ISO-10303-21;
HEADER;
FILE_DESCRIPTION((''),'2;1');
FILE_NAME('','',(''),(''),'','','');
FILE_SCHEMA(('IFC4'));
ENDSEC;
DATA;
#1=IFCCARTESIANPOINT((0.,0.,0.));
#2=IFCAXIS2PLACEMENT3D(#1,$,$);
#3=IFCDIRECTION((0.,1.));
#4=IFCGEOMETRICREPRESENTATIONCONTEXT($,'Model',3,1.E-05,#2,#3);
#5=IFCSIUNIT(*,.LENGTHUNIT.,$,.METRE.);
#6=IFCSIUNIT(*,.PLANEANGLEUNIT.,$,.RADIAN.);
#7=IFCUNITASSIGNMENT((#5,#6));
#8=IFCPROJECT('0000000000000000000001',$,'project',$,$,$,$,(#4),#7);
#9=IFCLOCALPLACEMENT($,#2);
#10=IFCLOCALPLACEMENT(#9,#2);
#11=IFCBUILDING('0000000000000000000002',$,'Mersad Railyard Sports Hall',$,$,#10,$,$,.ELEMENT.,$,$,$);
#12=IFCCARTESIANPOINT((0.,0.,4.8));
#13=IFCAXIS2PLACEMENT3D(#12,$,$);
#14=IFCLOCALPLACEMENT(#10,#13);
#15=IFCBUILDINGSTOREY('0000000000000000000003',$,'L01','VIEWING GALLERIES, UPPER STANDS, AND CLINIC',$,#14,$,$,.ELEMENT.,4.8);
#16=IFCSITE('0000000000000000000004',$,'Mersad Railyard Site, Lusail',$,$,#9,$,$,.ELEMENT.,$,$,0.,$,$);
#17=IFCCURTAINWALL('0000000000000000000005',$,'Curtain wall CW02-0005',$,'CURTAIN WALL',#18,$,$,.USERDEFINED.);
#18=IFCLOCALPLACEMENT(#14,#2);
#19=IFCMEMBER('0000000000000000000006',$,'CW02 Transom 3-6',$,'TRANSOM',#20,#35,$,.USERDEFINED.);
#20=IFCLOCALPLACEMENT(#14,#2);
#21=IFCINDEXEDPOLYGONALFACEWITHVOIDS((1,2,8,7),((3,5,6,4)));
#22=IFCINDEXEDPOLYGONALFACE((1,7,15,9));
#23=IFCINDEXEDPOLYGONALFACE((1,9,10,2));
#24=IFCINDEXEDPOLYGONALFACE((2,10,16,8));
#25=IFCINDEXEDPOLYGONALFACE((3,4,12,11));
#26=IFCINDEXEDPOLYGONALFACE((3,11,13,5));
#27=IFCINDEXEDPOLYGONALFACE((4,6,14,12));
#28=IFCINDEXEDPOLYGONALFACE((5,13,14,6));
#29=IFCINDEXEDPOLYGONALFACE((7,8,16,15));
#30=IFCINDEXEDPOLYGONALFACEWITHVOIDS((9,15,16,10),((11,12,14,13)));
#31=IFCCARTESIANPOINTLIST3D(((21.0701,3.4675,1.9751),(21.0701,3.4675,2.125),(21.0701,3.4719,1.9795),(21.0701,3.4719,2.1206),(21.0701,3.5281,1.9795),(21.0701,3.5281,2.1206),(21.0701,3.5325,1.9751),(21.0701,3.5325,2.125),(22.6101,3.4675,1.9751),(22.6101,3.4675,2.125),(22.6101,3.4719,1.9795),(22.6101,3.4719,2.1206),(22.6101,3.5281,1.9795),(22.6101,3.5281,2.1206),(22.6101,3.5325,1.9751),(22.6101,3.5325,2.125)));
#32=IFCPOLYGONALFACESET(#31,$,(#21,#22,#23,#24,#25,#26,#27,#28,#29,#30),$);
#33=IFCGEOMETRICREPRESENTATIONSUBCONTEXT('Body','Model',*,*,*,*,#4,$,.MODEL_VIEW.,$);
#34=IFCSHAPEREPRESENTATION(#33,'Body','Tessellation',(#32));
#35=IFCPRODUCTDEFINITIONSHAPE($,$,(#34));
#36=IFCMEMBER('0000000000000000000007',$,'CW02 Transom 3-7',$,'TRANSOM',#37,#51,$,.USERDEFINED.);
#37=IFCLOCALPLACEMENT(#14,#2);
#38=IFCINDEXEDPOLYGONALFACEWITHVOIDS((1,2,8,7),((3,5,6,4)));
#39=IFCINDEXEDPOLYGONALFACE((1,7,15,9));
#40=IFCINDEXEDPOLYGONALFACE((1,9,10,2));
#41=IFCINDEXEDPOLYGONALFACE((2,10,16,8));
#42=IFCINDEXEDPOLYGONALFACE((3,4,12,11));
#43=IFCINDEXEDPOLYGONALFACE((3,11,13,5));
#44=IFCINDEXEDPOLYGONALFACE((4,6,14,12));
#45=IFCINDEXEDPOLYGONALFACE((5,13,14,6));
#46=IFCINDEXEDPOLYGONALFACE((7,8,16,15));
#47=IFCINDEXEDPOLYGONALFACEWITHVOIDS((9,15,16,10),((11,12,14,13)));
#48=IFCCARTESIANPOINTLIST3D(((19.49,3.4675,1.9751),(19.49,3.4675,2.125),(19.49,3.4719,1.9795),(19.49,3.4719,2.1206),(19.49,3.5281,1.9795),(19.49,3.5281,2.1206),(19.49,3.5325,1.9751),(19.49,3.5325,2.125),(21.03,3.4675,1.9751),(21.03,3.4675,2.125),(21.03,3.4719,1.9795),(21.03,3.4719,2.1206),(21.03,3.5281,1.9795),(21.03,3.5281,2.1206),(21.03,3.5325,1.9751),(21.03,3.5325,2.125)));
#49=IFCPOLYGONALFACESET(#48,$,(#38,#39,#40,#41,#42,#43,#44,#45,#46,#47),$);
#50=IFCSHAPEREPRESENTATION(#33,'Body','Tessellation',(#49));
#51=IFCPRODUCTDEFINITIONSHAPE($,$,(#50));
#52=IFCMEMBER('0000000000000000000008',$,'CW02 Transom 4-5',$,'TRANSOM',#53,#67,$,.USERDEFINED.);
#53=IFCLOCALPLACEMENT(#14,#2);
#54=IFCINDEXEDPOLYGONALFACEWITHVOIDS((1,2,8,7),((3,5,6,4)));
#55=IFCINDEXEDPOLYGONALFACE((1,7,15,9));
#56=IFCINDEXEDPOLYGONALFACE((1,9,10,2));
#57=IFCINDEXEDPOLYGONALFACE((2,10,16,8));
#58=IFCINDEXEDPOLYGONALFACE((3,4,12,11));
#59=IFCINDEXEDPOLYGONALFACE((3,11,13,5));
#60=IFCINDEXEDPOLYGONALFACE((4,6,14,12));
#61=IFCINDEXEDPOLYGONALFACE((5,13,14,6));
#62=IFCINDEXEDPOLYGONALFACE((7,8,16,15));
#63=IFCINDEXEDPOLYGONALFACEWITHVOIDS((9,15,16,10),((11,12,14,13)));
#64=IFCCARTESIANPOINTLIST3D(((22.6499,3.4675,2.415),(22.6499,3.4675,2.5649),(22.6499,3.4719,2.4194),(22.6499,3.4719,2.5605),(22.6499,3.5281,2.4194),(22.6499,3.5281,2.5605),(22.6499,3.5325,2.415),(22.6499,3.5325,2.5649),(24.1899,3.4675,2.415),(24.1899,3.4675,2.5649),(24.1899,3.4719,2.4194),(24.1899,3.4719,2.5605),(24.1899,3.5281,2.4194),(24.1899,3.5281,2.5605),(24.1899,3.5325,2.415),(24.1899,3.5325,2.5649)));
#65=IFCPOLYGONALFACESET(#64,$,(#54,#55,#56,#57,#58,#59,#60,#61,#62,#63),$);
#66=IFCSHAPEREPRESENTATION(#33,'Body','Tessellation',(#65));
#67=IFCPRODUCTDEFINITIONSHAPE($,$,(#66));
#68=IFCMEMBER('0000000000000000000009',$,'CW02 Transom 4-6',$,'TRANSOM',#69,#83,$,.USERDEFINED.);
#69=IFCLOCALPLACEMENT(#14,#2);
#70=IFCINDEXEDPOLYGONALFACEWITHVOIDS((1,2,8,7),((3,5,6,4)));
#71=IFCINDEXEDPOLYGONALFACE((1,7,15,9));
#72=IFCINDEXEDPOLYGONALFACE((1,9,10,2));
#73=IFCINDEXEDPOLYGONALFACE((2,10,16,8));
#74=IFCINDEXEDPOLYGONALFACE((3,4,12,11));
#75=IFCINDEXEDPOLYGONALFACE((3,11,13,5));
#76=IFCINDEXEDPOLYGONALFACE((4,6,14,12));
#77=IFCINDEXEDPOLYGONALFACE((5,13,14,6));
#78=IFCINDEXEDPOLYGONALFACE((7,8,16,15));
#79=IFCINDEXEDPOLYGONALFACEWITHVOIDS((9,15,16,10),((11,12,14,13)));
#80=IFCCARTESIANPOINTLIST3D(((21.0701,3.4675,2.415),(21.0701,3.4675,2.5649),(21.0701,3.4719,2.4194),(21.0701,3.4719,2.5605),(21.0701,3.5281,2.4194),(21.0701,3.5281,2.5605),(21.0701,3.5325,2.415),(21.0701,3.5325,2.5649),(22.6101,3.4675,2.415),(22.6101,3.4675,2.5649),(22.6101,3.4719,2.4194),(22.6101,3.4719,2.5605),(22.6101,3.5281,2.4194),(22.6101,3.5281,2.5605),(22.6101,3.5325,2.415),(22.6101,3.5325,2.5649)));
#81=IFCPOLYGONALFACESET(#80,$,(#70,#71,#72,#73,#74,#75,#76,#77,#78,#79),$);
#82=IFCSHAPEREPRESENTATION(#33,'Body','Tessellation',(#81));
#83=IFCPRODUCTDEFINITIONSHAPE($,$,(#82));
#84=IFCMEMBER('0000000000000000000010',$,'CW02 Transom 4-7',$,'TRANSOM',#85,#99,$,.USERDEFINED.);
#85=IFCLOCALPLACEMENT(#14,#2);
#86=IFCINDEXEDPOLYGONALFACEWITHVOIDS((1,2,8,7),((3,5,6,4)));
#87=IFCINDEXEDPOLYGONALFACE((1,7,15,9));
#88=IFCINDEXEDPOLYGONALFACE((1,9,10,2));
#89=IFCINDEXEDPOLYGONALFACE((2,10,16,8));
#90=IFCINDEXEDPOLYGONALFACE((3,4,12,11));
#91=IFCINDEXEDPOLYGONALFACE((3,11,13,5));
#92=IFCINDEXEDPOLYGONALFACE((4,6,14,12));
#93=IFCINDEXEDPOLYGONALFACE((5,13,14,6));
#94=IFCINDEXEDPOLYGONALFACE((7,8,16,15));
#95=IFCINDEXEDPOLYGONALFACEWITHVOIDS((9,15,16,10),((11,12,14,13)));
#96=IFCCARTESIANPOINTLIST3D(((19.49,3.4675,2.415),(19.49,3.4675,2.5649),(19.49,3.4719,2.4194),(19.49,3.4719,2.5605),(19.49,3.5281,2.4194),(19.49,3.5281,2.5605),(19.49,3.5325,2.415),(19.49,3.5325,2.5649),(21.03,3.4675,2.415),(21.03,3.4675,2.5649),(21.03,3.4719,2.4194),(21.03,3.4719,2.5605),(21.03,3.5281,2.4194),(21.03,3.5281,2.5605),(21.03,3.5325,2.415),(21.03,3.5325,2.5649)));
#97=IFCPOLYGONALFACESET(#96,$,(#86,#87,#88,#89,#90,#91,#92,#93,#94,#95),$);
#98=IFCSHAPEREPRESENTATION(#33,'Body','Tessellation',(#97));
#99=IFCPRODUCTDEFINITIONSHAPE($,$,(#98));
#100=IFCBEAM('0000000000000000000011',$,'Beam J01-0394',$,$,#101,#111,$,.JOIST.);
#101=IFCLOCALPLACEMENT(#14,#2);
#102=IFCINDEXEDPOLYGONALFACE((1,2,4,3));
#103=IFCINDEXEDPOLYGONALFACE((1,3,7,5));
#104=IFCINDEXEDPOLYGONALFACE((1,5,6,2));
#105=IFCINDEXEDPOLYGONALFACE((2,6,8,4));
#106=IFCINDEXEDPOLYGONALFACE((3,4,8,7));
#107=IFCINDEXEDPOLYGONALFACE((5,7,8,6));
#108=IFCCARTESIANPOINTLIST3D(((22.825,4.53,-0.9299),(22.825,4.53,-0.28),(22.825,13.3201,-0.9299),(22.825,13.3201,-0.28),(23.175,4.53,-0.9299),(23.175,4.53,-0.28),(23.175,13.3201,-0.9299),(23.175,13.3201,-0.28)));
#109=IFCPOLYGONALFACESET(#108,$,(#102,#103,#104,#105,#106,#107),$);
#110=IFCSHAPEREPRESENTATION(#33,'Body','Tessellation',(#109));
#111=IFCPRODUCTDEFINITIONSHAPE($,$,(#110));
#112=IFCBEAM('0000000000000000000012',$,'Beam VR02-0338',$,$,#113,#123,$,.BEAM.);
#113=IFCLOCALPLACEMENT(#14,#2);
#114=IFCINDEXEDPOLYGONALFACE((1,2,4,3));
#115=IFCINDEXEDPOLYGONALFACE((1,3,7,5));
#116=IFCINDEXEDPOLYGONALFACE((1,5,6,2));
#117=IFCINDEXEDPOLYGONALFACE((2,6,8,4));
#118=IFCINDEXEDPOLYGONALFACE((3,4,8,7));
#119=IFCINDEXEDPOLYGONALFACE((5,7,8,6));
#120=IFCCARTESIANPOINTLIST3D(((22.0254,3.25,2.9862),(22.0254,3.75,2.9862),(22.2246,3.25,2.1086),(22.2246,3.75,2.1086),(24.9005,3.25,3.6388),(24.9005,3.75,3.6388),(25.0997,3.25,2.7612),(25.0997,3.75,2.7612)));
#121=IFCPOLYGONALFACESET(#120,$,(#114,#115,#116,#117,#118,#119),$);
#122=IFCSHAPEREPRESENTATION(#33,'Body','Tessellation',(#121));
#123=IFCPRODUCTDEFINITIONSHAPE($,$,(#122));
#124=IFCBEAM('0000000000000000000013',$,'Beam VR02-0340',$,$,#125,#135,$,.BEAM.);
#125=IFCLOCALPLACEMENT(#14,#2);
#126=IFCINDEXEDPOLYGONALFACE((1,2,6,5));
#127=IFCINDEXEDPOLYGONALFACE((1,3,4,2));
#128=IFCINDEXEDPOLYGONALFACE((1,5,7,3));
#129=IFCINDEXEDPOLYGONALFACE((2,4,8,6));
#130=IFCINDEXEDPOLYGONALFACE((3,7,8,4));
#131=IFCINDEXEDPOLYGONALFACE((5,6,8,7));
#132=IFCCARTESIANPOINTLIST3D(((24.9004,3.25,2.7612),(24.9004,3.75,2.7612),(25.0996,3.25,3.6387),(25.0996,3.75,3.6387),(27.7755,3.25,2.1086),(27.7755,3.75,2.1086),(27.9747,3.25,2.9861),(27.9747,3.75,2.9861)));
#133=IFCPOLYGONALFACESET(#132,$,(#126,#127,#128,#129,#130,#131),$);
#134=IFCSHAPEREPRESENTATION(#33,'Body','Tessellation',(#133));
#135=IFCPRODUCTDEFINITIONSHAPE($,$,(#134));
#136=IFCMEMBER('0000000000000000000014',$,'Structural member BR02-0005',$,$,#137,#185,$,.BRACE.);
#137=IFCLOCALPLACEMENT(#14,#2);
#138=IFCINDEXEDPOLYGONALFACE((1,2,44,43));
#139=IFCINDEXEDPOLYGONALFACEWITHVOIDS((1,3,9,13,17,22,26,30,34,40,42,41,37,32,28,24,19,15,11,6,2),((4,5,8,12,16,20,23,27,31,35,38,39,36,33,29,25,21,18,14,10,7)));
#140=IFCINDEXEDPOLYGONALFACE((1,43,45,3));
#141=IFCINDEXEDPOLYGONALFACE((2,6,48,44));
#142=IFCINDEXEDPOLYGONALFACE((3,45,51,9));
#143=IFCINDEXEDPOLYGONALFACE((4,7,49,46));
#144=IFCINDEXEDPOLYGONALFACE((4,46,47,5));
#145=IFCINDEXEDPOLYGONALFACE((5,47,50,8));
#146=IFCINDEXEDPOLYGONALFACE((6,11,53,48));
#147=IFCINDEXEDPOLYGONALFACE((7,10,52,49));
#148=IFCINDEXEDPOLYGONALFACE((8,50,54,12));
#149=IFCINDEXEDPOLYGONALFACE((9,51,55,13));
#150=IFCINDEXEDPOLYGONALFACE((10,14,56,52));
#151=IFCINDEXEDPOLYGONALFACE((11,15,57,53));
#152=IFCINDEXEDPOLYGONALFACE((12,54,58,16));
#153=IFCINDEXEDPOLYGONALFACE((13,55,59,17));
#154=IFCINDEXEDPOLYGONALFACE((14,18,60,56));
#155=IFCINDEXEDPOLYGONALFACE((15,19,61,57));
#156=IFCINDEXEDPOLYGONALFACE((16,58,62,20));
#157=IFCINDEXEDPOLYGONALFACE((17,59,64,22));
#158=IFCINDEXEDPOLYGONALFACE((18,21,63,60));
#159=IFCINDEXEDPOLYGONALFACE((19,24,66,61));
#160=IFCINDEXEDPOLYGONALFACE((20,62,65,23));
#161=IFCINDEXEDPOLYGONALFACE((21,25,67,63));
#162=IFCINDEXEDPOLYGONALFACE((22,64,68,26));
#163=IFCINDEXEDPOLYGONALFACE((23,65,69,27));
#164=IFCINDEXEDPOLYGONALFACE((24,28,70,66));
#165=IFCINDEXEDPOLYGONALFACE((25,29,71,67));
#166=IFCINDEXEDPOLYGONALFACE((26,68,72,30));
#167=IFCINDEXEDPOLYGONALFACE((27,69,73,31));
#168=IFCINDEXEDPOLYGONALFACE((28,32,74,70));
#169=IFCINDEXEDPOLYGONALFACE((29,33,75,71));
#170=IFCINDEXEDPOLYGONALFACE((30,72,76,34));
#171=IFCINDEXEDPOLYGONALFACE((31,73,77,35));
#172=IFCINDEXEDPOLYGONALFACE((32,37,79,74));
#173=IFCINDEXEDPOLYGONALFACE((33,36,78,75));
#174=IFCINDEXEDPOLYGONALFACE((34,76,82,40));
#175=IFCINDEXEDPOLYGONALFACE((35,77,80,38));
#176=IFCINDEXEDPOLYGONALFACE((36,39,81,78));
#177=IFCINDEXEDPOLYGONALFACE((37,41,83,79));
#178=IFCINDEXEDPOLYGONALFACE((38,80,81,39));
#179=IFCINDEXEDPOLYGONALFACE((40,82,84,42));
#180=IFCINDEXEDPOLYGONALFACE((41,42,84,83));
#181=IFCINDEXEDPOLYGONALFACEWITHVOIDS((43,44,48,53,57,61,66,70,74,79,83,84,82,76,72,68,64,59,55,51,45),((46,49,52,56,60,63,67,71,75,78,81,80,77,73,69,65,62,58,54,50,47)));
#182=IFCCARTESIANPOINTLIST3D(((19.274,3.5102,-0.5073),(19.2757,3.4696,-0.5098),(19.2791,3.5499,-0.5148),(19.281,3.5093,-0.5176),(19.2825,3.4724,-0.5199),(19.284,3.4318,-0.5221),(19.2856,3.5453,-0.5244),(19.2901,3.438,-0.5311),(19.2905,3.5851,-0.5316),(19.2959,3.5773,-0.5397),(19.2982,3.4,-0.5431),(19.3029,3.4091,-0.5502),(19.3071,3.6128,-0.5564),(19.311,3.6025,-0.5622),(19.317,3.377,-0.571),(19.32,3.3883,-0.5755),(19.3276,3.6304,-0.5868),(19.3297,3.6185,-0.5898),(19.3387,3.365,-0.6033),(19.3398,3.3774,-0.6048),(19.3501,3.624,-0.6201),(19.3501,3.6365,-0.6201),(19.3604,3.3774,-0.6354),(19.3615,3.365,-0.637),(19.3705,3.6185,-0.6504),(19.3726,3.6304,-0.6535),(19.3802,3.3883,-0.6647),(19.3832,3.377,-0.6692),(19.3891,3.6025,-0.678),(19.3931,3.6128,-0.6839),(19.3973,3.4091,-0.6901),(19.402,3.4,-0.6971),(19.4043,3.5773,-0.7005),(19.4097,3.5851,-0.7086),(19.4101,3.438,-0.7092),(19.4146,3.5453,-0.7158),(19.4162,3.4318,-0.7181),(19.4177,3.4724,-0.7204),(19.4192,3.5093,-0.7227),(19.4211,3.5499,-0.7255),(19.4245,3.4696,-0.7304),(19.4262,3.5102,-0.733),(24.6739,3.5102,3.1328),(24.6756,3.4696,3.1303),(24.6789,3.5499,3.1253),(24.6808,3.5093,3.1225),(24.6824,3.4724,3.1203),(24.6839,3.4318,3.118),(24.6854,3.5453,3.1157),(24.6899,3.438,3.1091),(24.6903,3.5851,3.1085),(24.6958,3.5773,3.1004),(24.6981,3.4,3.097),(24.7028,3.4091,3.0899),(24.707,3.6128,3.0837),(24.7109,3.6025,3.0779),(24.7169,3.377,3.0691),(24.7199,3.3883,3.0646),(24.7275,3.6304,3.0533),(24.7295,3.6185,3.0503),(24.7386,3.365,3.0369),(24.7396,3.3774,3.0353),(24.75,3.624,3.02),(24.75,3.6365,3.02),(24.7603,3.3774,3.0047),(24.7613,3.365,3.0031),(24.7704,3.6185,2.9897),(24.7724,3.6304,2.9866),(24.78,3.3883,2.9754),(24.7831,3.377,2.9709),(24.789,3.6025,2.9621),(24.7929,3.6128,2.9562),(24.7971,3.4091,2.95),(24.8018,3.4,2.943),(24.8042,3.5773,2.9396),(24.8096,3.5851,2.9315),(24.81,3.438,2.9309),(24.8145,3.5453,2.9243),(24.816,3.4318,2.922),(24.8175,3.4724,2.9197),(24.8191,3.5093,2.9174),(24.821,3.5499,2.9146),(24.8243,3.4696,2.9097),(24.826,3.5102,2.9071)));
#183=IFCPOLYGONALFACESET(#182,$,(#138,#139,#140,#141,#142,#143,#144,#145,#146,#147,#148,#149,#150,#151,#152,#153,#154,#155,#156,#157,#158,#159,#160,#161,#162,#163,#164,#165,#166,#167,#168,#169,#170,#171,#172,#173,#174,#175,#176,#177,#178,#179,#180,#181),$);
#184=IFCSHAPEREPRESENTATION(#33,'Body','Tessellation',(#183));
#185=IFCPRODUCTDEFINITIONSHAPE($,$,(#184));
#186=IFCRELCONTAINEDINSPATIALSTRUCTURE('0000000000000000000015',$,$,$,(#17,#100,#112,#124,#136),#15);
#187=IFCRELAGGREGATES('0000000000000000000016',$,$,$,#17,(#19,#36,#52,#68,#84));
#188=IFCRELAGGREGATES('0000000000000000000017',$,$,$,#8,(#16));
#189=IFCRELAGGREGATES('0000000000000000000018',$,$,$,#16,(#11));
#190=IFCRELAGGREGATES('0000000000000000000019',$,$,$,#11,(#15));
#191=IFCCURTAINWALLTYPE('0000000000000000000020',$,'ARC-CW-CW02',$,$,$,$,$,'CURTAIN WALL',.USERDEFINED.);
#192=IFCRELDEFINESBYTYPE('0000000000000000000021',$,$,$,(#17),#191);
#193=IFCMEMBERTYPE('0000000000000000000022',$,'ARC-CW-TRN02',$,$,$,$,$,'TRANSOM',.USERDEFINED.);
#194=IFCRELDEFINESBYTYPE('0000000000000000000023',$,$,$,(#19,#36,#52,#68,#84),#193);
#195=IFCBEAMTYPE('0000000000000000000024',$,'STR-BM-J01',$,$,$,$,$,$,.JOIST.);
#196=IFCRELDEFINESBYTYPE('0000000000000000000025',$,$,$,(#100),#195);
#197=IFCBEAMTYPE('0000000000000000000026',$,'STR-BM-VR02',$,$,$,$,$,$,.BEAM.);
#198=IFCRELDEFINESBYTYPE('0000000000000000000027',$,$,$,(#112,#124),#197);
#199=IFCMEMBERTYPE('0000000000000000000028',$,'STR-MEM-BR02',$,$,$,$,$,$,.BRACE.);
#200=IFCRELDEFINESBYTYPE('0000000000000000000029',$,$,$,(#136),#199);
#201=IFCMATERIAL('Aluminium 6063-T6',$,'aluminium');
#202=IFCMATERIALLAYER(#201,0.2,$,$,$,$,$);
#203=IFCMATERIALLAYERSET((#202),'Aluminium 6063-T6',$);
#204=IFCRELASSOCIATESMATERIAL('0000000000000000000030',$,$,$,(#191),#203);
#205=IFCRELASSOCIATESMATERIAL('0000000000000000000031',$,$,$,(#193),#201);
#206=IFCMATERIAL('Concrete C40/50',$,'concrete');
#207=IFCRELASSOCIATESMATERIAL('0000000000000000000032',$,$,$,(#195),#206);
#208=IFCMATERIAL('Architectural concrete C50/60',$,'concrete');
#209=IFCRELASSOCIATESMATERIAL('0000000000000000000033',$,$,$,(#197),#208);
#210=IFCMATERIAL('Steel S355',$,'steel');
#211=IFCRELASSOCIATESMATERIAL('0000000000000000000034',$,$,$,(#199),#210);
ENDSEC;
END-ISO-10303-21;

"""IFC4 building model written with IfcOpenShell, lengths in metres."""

from ifc_helpers import new_model, si_unit, direction, frame, origin, origin_2d, place, context, subcontext, project, spatial, rectangle, hollow_rectangle, hollow_circle, extrude, material, layer, layer_set, material_profile, profile_set, type_object, element, aggregate, save


model = new_model("IFC4")

# Units and contexts
model_context = context("Model", 3, precision=1e-05, world=origin(), true_north=direction((0.0, 1.0)))
body_context = subcontext(model_context, "Body", "Model", "MODEL_VIEW")
ifc_project = project(units=[si_unit("LENGTHUNIT", "METRE"), si_unit("PLANEANGLEUNIT", "RADIAN")], contexts=[model_context])

# Site, building, storey
site_placement = place(None, origin())
site = spatial("IfcSite", under=ifc_project, at=site_placement, Name="Mersad Railyard Site, Lusail", CompositionType="ELEMENT", RefElevation=0.0)
building_placement = place(site_placement, origin())
building = spatial("IfcBuilding", under=site, at=building_placement, Name="Mersad Railyard Sports Hall", CompositionType="ELEMENT")
storey_placement = place(building_placement, frame((0.0, 0.0, 4.8)))
storey = spatial("IfcBuildingStorey", under=building, at=storey_placement, Name="L01", Description="VIEWING GALLERIES, UPPER STANDS, AND CLINIC", CompositionType="ELEMENT", Elevation=4.8)

# Curtain wall, members
ifc_material_1 = material(Name="Aluminium 6063-T6", Category="aluminium")
ifc_layer_1 = layer(ifc_material_1, 0.2)
ifc_layer_set_1 = layer_set([ifc_layer_1], Name="Aluminium 6063-T6")
curtain_wall_type = type_object("IfcCurtainWallType", Name="ARC-CW-CW02", ElementType="CURTAIN WALL", PredefinedType="USERDEFINED", material=ifc_layer_set_1)
curtain_wall_placement = place(storey_placement, origin())
curtain_wall = element("IfcCurtainWall", 1, at=curtain_wall_placement, inside=storey, type_object=curtain_wall_type, Name="Curtain wall CW02-0005", ObjectType="CURTAIN WALL", PredefinedType="USERDEFINED")
ifc_material_profile_1 = material_profile(ifc_material_1, hollow_rectangle(XDim=0.0649, YDim=0.1499, WallThickness=0.0044, at=origin_2d()), Name="AL TRANSOM 65x150x4.5")
ifc_profile_set_1 = profile_set([ifc_material_profile_1], Name="Aluminium 6063-T6")
member_type_1 = type_object("IfcMemberType", Name="ARC-CW-TRN02", ElementType="TRANSOM", PredefinedType="USERDEFINED", material=ifc_profile_set_1)
member_1_placement = place(storey_placement, frame((22.6101, 3.5, 2.05), z_axis=(-1.0, 0.0, 0.0), x_axis=(0.0, -1.0, 0.0)))
member_1 = element("IfcMember", 2, at=member_1_placement, type_object=member_type_1, Name="CW02 Transom 3-6", ObjectType="TRANSOM", PredefinedType="USERDEFINED", context=body_context, shape_type="SweptSolid", body=[
    extrude(hollow_rectangle(XDim=0.0649, YDim=0.1499, WallThickness=0.0044, at=origin_2d()), origin(), (0.0, 0.0, 1.0), 1.54),
])
member_2_placement = place(storey_placement, frame((21.03, 3.5, 2.05), z_axis=(-1.0, 0.0, 0.0), x_axis=(0.0, -1.0, 0.0)))
member_2 = element("IfcMember", 3, at=member_2_placement, type_object=member_type_1, Name="CW02 Transom 3-7", ObjectType="TRANSOM", PredefinedType="USERDEFINED", context=body_context, shape_type="SweptSolid", body=[
    extrude(hollow_rectangle(XDim=0.0649, YDim=0.1499, WallThickness=0.0044, at=origin_2d()), origin(), (0.0, 0.0, 1.0), 1.54),
])
member_3_placement = place(storey_placement, frame((24.1899, 3.5, 2.49), z_axis=(-1.0, 0.0, 0.0), x_axis=(0.0, -1.0, 0.0)))
member_3 = element("IfcMember", 4, at=member_3_placement, type_object=member_type_1, Name="CW02 Transom 4-5", ObjectType="TRANSOM", PredefinedType="USERDEFINED", context=body_context, shape_type="SweptSolid", body=[
    extrude(hollow_rectangle(XDim=0.0649, YDim=0.1499, WallThickness=0.0044, at=origin_2d()), origin(), (0.0, 0.0, 1.0), 1.54),
])
member_4_placement = place(storey_placement, frame((22.6101, 3.5, 2.49), z_axis=(-1.0, 0.0, 0.0), x_axis=(0.0, -1.0, 0.0)))
member_4 = element("IfcMember", 5, at=member_4_placement, type_object=member_type_1, Name="CW02 Transom 4-6", ObjectType="TRANSOM", PredefinedType="USERDEFINED", context=body_context, shape_type="SweptSolid", body=[
    extrude(hollow_rectangle(XDim=0.0649, YDim=0.1499, WallThickness=0.0044, at=origin_2d()), origin(), (0.0, 0.0, 1.0), 1.54),
])
member_5_placement = place(storey_placement, frame((21.03, 3.5, 2.49), z_axis=(-1.0, 0.0, 0.0), x_axis=(0.0, -1.0, 0.0)))
member_5 = element("IfcMember", 6, at=member_5_placement, type_object=member_type_1, Name="CW02 Transom 4-7", ObjectType="TRANSOM", PredefinedType="USERDEFINED", context=body_context, shape_type="SweptSolid", body=[
    extrude(hollow_rectangle(XDim=0.0649, YDim=0.1499, WallThickness=0.0044, at=origin_2d()), origin(), (0.0, 0.0, 1.0), 1.54),
])

# Beams
ifc_material_2 = material(Name="Concrete C40/50", Category="concrete")
ifc_material_profile_2 = material_profile(ifc_material_2, rectangle(XDim=0.3501, YDim=0.6499, at=origin_2d()), Name="RC 350x650")
ifc_profile_set_2 = profile_set([ifc_material_profile_2], Name="Concrete C40/50")
beam_type_1 = type_object("IfcBeamType", Name="STR-BM-J01", PredefinedType="JOIST", material=ifc_profile_set_2)
beam_placement = place(storey_placement, frame((23.0, 4.53, -0.605), z_axis=(0.0, 1.0, 0.0), x_axis=(-1.0, 0.0, 0.0)))
element("IfcBeam", 7, at=beam_placement, inside=storey, type_object=beam_type_1, Name="Beam J01-0394", PredefinedType="JOIST", context=body_context, shape_type="SweptSolid", body=[
    extrude(rectangle(XDim=0.3501, YDim=0.6499, at=origin_2d()), origin(), (0.0, 0.0, 1.0), 8.79),
])
ifc_material_3 = material(Name="Architectural concrete C50/60", Category="concrete")
ifc_material_profile_3 = material_profile(ifc_material_3, rectangle(XDim=0.5, YDim=0.8999, at=origin_2d()), Name="VR 500x900")
ifc_profile_set_3 = profile_set([ifc_material_profile_3], Name="Architectural concrete C50/60")
beam_type_2 = type_object("IfcBeamType", Name="STR-BM-VR02", PredefinedType="BEAM", material=ifc_profile_set_3)
for number, where, z_axis, x_axis, name in (
    (8, (22.125, 3.5, 2.5474), (0.975193, 0.0, 0.221356), (0.0, 1.0, 0.0), "Beam VR02-0338"),
    (9, (25.0, 3.5, 3.2), (0.975193, 0.0, -0.221356), (0.0, 1.0, 0.0), "Beam VR02-0340"),
):
    element("IfcBeam", number, at=place(storey_placement, frame(where, z_axis=z_axis, x_axis=x_axis)), inside=storey, type_object=beam_type_2, Name=name, PredefinedType="BEAM", context=body_context, shape_type="SweptSolid", body=[
        extrude(rectangle(XDim=0.5, YDim=0.8999, at=origin_2d()), origin(), (0.0, 0.0, 1.0), 2.9482),
    ])

# Member
ifc_material_4 = material(Name="Steel S355", Category="steel")
ifc_material_profile_4 = material_profile(ifc_material_4, hollow_circle(Radius=0.1365, WallThickness=0.0125, at=origin_2d()), Name="CHS 273x12.5")
ifc_profile_set_4 = profile_set([ifc_material_profile_4], Name="Steel S355")
member_type_2 = type_object("IfcMemberType", Name="STR-MEM-BR02", PredefinedType="BRACE", material=ifc_profile_set_4)
member_6_placement = place(storey_placement, frame((19.3501, 3.5, -0.6201), z_axis=(0.82919, 0.0, 0.558967), x_axis=(0.0, 1.0, 0.0)))
element("IfcMember", 10, at=member_6_placement, inside=storey, type_object=member_type_2, Name="Structural member BR02-0005", PredefinedType="BRACE", context=body_context, shape_type="SweptSolid", body=[
    extrude(hollow_circle(Radius=0.1365, WallThickness=0.0125, at=origin_2d()), origin(), (0.0, 0.0, 1.0), 6.5122),
])

aggregate(curtain_wall, [member_1, member_2, member_3, member_4, member_5])

save(model, "model.ifc")
